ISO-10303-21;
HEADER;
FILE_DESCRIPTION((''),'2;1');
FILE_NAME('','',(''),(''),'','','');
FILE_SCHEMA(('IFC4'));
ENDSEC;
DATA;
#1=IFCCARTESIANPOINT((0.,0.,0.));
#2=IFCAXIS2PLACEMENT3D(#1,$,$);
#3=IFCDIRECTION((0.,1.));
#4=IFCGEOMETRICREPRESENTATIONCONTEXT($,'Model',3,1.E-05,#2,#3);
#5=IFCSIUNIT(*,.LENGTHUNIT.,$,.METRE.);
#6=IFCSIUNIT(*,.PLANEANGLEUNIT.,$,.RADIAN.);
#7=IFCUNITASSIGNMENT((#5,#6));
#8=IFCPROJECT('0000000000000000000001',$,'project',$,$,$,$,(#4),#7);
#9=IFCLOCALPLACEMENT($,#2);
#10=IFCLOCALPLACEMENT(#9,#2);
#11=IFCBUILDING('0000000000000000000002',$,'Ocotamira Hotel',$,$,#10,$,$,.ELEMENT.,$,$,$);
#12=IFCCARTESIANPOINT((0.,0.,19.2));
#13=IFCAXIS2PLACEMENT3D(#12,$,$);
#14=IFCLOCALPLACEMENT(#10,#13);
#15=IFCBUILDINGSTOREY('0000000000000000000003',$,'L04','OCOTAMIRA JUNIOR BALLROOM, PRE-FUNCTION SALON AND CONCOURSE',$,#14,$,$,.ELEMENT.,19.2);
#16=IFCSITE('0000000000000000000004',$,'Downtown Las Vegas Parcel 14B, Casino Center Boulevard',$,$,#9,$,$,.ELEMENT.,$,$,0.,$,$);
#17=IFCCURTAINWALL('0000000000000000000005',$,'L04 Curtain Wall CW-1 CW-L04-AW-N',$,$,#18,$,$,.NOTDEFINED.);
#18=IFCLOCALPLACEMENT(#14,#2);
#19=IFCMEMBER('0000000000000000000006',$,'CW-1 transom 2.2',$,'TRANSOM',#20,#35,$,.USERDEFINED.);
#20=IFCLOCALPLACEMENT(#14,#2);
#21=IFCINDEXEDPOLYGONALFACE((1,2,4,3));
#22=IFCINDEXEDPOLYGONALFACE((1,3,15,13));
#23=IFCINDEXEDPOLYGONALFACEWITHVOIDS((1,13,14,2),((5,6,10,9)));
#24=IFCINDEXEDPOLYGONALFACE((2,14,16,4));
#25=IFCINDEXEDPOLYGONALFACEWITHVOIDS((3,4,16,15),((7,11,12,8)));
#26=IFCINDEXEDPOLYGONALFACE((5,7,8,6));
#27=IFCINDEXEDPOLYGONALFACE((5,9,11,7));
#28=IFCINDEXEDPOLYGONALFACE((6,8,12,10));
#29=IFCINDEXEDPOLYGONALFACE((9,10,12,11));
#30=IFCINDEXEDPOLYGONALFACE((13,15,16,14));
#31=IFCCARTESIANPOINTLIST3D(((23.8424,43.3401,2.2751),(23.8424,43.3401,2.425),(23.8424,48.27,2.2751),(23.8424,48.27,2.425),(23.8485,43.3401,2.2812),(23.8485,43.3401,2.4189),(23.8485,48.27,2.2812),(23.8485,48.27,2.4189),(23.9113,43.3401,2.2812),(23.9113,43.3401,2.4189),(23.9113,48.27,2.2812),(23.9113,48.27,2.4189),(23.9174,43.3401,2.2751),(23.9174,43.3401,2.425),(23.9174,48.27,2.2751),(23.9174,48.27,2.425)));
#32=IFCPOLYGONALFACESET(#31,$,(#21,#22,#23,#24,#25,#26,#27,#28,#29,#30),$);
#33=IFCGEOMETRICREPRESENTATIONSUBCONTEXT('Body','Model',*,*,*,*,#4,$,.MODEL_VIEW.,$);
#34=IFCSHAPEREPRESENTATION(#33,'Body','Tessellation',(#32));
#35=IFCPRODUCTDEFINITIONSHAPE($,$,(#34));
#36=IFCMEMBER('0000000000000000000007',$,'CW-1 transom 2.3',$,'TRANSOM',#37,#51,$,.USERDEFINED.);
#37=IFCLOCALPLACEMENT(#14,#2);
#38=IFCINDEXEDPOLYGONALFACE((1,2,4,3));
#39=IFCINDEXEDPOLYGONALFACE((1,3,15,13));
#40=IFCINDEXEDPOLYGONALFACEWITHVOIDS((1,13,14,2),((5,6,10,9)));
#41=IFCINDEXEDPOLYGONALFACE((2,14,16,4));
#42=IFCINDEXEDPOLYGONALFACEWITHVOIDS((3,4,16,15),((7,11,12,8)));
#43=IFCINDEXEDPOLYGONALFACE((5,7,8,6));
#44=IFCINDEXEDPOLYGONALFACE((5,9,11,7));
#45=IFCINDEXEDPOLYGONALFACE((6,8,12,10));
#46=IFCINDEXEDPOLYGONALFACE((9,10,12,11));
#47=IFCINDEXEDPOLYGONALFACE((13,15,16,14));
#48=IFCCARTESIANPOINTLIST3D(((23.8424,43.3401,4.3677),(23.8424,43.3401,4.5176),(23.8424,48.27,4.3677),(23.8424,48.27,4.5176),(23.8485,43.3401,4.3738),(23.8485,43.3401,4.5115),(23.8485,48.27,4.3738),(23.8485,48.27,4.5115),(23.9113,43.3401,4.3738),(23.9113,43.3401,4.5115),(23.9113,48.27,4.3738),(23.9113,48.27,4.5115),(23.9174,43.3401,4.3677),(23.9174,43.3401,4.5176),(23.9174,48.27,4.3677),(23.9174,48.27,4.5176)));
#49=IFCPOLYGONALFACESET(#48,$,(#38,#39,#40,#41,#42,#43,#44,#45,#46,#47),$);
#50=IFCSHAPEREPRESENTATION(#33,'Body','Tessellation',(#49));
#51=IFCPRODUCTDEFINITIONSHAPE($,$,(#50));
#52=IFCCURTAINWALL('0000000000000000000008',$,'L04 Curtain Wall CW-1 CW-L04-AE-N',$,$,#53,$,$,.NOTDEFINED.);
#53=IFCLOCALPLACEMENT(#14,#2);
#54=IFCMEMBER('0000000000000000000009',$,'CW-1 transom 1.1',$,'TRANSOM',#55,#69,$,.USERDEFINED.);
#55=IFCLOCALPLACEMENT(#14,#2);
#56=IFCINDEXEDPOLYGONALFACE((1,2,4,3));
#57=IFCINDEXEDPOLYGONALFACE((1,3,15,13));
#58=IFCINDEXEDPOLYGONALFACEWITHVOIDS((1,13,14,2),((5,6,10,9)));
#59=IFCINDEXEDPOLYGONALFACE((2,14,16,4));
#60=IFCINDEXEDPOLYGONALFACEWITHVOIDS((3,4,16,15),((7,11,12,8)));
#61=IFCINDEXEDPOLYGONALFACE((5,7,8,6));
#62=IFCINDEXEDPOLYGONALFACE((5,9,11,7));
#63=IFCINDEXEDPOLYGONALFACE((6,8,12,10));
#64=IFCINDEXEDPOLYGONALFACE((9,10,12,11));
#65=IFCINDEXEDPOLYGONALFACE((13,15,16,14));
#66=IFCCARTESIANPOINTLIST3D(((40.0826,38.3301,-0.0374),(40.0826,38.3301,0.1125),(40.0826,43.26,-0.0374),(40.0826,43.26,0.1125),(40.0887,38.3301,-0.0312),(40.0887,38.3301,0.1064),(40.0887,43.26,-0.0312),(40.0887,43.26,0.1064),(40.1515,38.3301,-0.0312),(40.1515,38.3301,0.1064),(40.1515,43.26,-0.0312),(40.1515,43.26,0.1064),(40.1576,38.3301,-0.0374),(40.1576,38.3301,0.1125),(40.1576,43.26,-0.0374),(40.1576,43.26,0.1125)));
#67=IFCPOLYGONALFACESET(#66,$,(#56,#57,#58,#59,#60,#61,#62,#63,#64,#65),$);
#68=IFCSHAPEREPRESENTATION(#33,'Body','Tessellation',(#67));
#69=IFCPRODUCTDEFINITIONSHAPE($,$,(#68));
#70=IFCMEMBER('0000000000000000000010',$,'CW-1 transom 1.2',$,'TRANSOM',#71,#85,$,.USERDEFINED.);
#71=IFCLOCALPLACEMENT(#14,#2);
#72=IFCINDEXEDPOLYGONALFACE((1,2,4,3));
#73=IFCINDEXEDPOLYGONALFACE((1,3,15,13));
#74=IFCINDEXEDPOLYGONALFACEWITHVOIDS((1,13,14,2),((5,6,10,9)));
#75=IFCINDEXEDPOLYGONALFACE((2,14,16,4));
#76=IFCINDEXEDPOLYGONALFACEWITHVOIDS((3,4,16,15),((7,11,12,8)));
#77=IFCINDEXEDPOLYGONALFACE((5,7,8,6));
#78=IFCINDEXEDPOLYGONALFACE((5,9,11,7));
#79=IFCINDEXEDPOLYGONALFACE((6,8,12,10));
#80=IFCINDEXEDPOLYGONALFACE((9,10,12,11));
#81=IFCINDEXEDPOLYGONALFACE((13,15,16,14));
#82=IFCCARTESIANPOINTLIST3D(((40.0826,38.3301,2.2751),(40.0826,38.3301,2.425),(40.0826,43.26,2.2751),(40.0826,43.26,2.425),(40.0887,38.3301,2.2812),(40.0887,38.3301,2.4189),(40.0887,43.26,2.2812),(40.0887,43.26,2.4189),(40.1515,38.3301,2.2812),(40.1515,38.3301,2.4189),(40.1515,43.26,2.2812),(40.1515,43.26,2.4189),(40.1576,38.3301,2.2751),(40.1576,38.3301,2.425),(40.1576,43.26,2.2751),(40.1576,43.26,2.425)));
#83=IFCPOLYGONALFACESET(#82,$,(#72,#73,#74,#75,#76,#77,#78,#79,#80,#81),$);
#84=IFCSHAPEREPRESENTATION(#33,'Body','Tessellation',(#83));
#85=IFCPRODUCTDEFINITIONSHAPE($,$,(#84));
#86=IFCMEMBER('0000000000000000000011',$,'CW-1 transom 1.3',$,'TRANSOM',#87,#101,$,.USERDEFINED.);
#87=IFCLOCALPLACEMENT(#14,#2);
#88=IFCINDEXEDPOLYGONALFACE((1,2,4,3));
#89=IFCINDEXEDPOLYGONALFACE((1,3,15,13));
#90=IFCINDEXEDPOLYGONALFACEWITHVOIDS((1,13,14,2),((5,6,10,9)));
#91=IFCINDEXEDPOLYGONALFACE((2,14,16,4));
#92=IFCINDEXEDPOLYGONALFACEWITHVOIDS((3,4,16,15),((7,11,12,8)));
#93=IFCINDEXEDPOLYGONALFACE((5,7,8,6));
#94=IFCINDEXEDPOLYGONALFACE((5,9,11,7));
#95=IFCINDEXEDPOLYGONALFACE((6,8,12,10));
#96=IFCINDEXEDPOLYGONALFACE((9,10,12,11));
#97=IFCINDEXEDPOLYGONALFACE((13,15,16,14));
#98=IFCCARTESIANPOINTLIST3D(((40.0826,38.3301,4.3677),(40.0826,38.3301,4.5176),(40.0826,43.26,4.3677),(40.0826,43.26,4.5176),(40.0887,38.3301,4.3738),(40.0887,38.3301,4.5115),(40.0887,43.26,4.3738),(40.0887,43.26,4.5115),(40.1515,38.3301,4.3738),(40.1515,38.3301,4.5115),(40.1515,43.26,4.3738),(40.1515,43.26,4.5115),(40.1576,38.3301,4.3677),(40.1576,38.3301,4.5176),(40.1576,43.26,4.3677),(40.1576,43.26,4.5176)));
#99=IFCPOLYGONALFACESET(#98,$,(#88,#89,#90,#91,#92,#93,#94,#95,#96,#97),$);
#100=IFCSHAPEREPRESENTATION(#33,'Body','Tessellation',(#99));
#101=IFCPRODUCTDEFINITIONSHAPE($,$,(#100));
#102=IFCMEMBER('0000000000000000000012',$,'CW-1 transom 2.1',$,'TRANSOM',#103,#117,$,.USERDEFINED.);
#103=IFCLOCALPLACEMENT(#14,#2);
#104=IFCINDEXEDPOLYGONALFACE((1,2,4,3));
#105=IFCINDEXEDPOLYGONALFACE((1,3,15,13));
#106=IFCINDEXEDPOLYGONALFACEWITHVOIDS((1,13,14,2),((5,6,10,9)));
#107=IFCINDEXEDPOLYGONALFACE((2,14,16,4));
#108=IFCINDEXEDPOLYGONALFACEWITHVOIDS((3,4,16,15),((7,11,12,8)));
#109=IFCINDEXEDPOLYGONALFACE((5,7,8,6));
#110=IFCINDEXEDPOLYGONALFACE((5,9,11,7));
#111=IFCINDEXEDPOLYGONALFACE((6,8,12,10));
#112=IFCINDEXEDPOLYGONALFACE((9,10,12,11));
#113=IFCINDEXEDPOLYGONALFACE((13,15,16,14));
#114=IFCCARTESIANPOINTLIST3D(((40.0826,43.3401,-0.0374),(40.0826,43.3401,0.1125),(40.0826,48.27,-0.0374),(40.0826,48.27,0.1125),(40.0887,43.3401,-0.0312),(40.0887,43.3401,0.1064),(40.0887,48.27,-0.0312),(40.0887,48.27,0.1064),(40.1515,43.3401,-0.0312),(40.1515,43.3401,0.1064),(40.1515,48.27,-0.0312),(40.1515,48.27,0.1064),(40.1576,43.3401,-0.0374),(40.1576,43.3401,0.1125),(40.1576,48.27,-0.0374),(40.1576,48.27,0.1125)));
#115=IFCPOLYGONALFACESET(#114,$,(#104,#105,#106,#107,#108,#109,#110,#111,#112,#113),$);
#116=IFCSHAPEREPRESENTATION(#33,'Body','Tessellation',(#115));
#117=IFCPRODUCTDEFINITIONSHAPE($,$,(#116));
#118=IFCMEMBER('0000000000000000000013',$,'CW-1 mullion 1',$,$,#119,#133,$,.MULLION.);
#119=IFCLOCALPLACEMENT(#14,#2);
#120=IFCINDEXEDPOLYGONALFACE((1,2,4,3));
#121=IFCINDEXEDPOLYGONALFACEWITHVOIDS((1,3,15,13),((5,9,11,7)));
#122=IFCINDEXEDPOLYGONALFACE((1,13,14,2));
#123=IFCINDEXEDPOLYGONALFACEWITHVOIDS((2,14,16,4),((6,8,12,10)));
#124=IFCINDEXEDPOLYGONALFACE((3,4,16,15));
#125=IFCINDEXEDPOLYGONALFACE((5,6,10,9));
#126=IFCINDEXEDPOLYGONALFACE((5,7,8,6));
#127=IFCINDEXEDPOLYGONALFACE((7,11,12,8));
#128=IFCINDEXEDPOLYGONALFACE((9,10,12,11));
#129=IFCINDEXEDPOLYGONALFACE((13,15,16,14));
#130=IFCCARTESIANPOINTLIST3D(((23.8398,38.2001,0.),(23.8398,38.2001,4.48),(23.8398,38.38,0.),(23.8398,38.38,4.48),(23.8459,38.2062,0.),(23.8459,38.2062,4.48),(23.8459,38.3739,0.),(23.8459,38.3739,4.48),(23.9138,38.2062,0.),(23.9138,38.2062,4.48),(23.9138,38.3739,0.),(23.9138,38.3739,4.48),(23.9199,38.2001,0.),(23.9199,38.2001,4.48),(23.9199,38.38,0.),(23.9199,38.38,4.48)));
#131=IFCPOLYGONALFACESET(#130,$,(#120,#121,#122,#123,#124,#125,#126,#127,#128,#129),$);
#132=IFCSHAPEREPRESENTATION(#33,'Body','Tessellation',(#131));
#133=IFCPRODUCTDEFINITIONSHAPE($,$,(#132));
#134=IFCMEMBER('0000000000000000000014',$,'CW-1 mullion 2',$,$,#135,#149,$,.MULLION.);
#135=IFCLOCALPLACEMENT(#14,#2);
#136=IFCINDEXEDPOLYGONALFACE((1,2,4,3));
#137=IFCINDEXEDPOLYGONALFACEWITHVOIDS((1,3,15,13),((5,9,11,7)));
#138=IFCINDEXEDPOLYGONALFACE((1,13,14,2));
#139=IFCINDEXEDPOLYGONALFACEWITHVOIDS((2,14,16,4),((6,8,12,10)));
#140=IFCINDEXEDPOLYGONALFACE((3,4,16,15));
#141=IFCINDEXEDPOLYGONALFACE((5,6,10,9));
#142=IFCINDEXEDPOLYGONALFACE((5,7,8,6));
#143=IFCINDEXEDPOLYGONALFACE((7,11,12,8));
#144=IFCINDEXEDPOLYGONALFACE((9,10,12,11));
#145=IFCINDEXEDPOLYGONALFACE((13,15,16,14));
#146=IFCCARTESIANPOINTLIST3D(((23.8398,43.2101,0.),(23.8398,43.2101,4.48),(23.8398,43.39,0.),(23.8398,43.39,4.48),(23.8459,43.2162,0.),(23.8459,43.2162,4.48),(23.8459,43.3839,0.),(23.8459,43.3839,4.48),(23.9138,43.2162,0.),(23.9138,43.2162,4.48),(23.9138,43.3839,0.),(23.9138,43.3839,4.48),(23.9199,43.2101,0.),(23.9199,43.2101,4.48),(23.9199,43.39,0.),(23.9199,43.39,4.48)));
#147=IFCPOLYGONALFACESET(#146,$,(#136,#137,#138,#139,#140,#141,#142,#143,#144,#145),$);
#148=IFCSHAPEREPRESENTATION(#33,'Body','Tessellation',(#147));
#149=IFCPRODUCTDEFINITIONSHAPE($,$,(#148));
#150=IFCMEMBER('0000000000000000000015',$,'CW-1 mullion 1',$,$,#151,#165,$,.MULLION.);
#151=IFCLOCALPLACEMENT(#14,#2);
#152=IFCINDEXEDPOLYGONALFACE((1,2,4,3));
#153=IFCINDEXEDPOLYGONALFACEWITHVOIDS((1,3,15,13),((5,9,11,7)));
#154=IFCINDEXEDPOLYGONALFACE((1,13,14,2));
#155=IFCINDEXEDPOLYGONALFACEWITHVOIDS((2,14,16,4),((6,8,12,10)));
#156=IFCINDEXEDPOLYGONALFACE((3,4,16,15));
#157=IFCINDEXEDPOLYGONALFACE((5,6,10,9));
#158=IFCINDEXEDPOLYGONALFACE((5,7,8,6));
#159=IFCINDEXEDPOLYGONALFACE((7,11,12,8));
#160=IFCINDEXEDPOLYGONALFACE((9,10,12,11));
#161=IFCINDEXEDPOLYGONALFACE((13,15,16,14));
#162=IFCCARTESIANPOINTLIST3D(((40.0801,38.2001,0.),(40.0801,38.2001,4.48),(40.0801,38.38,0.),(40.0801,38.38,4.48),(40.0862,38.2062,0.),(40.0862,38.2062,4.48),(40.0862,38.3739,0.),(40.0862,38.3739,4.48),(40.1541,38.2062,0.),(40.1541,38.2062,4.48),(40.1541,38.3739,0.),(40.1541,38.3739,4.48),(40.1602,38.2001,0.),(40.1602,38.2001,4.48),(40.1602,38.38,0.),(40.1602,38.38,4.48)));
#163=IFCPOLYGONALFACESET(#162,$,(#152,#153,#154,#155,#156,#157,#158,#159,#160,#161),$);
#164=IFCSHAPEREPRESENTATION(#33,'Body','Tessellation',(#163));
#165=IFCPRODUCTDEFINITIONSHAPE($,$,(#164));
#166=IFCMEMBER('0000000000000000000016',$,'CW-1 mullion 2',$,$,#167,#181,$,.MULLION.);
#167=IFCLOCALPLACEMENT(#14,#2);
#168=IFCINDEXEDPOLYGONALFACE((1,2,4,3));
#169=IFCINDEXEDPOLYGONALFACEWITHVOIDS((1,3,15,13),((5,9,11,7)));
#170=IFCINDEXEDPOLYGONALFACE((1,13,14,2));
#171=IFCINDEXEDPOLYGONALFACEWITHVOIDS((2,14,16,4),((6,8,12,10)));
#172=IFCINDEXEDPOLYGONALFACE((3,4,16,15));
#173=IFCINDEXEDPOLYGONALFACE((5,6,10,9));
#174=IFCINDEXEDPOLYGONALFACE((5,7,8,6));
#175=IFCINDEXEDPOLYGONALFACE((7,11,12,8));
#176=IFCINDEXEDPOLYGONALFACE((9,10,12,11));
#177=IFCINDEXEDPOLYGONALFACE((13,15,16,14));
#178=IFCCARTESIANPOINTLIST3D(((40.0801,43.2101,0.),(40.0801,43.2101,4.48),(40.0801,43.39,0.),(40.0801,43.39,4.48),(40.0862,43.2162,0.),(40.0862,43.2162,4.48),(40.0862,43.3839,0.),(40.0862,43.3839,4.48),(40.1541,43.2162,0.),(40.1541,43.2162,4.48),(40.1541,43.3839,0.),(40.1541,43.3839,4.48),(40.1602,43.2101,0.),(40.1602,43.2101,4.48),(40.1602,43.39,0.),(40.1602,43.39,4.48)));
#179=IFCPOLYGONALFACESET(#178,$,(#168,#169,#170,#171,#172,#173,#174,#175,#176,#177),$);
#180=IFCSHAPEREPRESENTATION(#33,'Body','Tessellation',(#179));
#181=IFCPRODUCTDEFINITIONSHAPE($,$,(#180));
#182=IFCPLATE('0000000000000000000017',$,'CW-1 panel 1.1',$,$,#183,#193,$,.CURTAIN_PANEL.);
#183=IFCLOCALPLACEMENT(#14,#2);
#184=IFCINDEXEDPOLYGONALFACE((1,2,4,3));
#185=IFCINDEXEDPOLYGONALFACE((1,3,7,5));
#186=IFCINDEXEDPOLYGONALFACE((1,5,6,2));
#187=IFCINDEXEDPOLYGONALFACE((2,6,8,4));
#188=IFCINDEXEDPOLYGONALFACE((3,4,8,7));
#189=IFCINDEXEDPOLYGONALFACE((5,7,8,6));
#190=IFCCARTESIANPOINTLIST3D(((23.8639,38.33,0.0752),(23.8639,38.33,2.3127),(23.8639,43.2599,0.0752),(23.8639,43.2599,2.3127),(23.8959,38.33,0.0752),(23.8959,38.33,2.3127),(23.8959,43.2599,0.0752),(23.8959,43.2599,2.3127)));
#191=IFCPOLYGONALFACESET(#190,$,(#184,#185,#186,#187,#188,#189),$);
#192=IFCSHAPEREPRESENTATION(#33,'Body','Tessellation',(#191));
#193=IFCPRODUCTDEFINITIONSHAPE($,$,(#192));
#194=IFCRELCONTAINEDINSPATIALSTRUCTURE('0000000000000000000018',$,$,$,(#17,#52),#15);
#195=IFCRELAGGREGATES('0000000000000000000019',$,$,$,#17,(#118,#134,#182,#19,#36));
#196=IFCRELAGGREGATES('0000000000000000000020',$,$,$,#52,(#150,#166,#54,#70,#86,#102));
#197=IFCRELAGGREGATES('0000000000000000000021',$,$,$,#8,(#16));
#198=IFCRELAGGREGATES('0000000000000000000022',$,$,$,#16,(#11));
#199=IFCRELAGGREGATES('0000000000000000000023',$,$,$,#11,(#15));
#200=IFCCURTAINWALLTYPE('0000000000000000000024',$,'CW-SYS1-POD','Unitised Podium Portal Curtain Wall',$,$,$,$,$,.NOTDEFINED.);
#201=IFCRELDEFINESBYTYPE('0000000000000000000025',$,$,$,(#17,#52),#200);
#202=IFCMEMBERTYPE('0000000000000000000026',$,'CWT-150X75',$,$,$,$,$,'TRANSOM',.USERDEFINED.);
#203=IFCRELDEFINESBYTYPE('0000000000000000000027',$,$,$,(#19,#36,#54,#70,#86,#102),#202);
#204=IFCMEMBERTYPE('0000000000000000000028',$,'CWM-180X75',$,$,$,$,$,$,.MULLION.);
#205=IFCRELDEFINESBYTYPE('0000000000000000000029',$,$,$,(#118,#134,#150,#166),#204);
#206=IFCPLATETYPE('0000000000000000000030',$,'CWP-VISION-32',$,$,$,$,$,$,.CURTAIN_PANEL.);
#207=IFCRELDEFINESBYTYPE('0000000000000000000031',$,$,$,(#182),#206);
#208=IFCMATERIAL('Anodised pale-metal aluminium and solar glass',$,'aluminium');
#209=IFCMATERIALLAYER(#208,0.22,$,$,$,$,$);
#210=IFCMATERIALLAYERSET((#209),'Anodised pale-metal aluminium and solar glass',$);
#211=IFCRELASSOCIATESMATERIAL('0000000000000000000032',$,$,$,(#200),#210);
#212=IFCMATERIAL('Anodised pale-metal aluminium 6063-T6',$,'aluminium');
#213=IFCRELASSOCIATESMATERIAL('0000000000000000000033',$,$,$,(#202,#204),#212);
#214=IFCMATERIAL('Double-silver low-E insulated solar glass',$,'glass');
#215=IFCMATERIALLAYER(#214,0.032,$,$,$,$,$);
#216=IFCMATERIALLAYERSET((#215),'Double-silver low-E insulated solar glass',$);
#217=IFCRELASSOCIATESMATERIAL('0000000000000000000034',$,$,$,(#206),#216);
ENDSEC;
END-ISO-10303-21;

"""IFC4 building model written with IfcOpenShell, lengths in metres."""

from ifc_helpers import new_model, si_unit, direction, frame, origin, origin_2d, place, context, subcontext, project, spatial, rectangle, hollow_rectangle, extrude, source, transform, mapped, material, layer, layer_set, material_profile, profile_set, type_object, element, aggregate, save


model = new_model("IFC4")

# Units and contexts
model_context = context("Model", 3, precision=1e-05, world=origin(), true_north=direction((0.0, 1.0)))
body_context = subcontext(model_context, "Body", "Model", "MODEL_VIEW")
ifc_project = project(units=[si_unit("LENGTHUNIT", "METRE"), si_unit("PLANEANGLEUNIT", "RADIAN")], contexts=[model_context])

# Site, building, storey
site_placement = place(None, origin())
site = spatial("IfcSite", under=ifc_project, at=site_placement, Name="Downtown Las Vegas Parcel 14B, Casino Center Boulevard", CompositionType="ELEMENT", RefElevation=0.0)
building_placement = place(site_placement, origin())
building = spatial("IfcBuilding", under=site, at=building_placement, Name="Ocotamira Hotel", CompositionType="ELEMENT")
storey_placement = place(building_placement, frame((0.0, 0.0, 19.2)))
storey = spatial("IfcBuildingStorey", under=building, at=storey_placement, Name="L04", Description="OCOTAMIRA JUNIOR BALLROOM, PRE-FUNCTION SALON AND CONCOURSE", CompositionType="ELEMENT", Elevation=19.2)

# Curtain walls, members
ifc_material_1 = material(Name="Anodised pale-metal aluminium and solar glass", Category="aluminium")
ifc_layer_1 = layer(ifc_material_1, 0.22)
ifc_layer_set_1 = layer_set([ifc_layer_1], Name="Anodised pale-metal aluminium and solar glass")
curtain_wall_type = type_object("IfcCurtainWallType", Name="CW-SYS1-POD", Description="Unitised Podium Portal Curtain Wall", PredefinedType="NOTDEFINED", material=ifc_layer_set_1)
curtain_wall_1_placement = place(storey_placement, origin())
curtain_wall_1 = element("IfcCurtainWall", 1, at=curtain_wall_1_placement, inside=storey, type_object=curtain_wall_type, Name="L04 Curtain Wall CW-1 CW-L04-AW-N", PredefinedType="NOTDEFINED")
ifc_material_2 = material(Name="Anodised pale-metal aluminium 6063-T6", Category="aluminium")
ifc_material_profile_1 = material_profile(ifc_material_2, hollow_rectangle(XDim=0.075, YDim=0.1499, WallThickness=0.0061, at=origin_2d()), Name="HSS150X75X6")
ifc_profile_set_1 = profile_set([ifc_material_profile_1], Name="Anodised pale-metal aluminium 6063-T6")
member_type_1 = type_object("IfcMemberType", Name="CWT-150X75", ElementType="TRANSOM", PredefinedType="USERDEFINED", material=ifc_profile_set_1)
shared_shape_1 = source(origin(), body_context, "Body", "SweptSolid", [
    extrude(hollow_rectangle(XDim=0.075, YDim=0.1499, WallThickness=0.0061, at=origin_2d()), origin(), (0.0, 0.0, 1.0), 4.9299),
])
member_1_placement = place(storey_placement, frame((23.8799, 43.3401, 2.3501), z_axis=(0.0, 1.0, 0.0), x_axis=(-1.0, 0.0, 0.0)))
member_1 = element("IfcMember", 2, at=member_1_placement, type_object=member_type_1, Name="CW-1 transom 2.2", ObjectType="TRANSOM", PredefinedType="USERDEFINED", context=body_context, shape_type="MappedRepresentation", body=[
    mapped(shared_shape_1, transform((0.0, 0.0, 0.0), scale=1.0)),
])
member_2_placement = place(storey_placement, frame((23.8799, 43.3401, 4.4426), z_axis=(0.0, 1.0, 0.0), x_axis=(-1.0, 0.0, 0.0)))
member_2 = element("IfcMember", 3, at=member_2_placement, type_object=member_type_1, Name="CW-1 transom 2.3", ObjectType="TRANSOM", PredefinedType="USERDEFINED", context=body_context, shape_type="MappedRepresentation", body=[
    mapped(shared_shape_1, transform((0.0, 0.0, 0.0), scale=1.0)),
])
curtain_wall_2_placement = place(storey_placement, origin())
curtain_wall_2 = element("IfcCurtainWall", 4, at=curtain_wall_2_placement, inside=storey, type_object=curtain_wall_type, Name="L04 Curtain Wall CW-1 CW-L04-AE-N", PredefinedType="NOTDEFINED")
member_3_placement = place(storey_placement, frame((40.1201, 38.3301, 0.0376), z_axis=(0.0, 1.0, 0.0), x_axis=(-1.0, 0.0, 0.0)))
member_3 = element("IfcMember", 5, at=member_3_placement, type_object=member_type_1, Name="CW-1 transom 1.1", ObjectType="TRANSOM", PredefinedType="USERDEFINED", context=body_context, shape_type="MappedRepresentation", body=[
    mapped(shared_shape_1, transform((0.0, 0.0, 0.0), scale=1.0)),
])
member_4_placement = place(storey_placement, frame((40.1201, 38.3301, 2.3501), z_axis=(0.0, 1.0, 0.0), x_axis=(-1.0, 0.0, 0.0)))
member_4 = element("IfcMember", 6, at=member_4_placement, type_object=member_type_1, Name="CW-1 transom 1.2", ObjectType="TRANSOM", PredefinedType="USERDEFINED", context=body_context, shape_type="MappedRepresentation", body=[
    mapped(shared_shape_1, transform((0.0, 0.0, 0.0), scale=1.0)),
])
member_5_placement = place(storey_placement, frame((40.1201, 38.3301, 4.4426), z_axis=(0.0, 1.0, 0.0), x_axis=(-1.0, 0.0, 0.0)))
member_5 = element("IfcMember", 7, at=member_5_placement, type_object=member_type_1, Name="CW-1 transom 1.3", ObjectType="TRANSOM", PredefinedType="USERDEFINED", context=body_context, shape_type="MappedRepresentation", body=[
    mapped(shared_shape_1, transform((0.0, 0.0, 0.0), scale=1.0)),
])
member_6_placement = place(storey_placement, frame((40.1201, 43.3401, 0.0376), z_axis=(0.0, 1.0, 0.0), x_axis=(-1.0, 0.0, 0.0)))
member_6 = element("IfcMember", 8, at=member_6_placement, type_object=member_type_1, Name="CW-1 transom 2.1", ObjectType="TRANSOM", PredefinedType="USERDEFINED", context=body_context, shape_type="MappedRepresentation", body=[
    mapped(shared_shape_1, transform((0.0, 0.0, 0.0), scale=1.0)),
])

# Members
ifc_material_profile_2 = material_profile(ifc_material_2, hollow_rectangle(XDim=0.0801, YDim=0.1799, WallThickness=0.0061, at=origin_2d()), Name="HSS180X80X6")
ifc_profile_set_2 = profile_set([ifc_material_profile_2], Name="Anodised pale-metal aluminium 6063-T6")
member_type_2 = type_object("IfcMemberType", Name="CWM-180X75", PredefinedType="MULLION", material=ifc_profile_set_2)
shared_shape_2 = source(origin(), body_context, "Body", "SweptSolid", [
    extrude(hollow_rectangle(XDim=0.0801, YDim=0.1799, WallThickness=0.0061, at=origin_2d()), origin(), (0.0, 0.0, 1.0), 4.48),
])
member_7_placement = place(storey_placement, frame((23.8799, 38.29, 0.0), z_axis=(0.0, 0.0, 1.0), x_axis=(-1.0, 0.0, 0.0)))
member_7 = element("IfcMember", 9, at=member_7_placement, type_object=member_type_2, Name="CW-1 mullion 1", PredefinedType="MULLION", context=body_context, shape_type="MappedRepresentation", body=[
    mapped(shared_shape_2, transform((0.0, 0.0, 0.0), scale=1.0)),
])
member_8_placement = place(storey_placement, frame((23.8799, 43.3, 0.0), z_axis=(0.0, 0.0, 1.0), x_axis=(-1.0, 0.0, 0.0)))
member_8 = element("IfcMember", 10, at=member_8_placement, type_object=member_type_2, Name="CW-1 mullion 2", PredefinedType="MULLION", context=body_context, shape_type="MappedRepresentation", body=[
    mapped(shared_shape_2, transform((0.0, 0.0, 0.0), scale=1.0)),
])
member_9_placement = place(storey_placement, frame((40.1201, 38.29, 0.0), z_axis=(0.0, 0.0, 1.0), x_axis=(-1.0, 0.0, 0.0)))
member_9 = element("IfcMember", 11, at=member_9_placement, type_object=member_type_2, Name="CW-1 mullion 1", PredefinedType="MULLION", context=body_context, shape_type="MappedRepresentation", body=[
    mapped(shared_shape_2, transform((0.0, 0.0, 0.0), scale=1.0)),
])
member_10_placement = place(storey_placement, frame((40.1201, 43.3, 0.0), z_axis=(0.0, 0.0, 1.0), x_axis=(-1.0, 0.0, 0.0)))
member_10 = element("IfcMember", 12, at=member_10_placement, type_object=member_type_2, Name="CW-1 mullion 2", PredefinedType="MULLION", context=body_context, shape_type="MappedRepresentation", body=[
    mapped(shared_shape_2, transform((0.0, 0.0, 0.0), scale=1.0)),
])

# Plate
ifc_material_3 = material(Name="Double-silver low-E insulated solar glass", Category="glass")
ifc_layer_2 = layer(ifc_material_3, 0.032)
ifc_layer_set_2 = layer_set([ifc_layer_2], Name="Double-silver low-E insulated solar glass")
plate_type = type_object("IfcPlateType", Name="CWP-VISION-32", PredefinedType="CURTAIN_PANEL", material=ifc_layer_set_2)
shared_shape_3 = source(origin(), body_context, "Body", "SweptSolid", [
    extrude(rectangle(XDim=4.9299, YDim=0.032, at=origin_2d()), origin(), (0.0, 0.0, 1.0), 2.2375),
])
plate_1_placement = place(storey_placement, frame((23.8799, 40.7949, 0.0752), z_axis=(0.0, 0.0, 1.0), x_axis=(0.0, 1.0, 0.0)))
plate_1 = element("IfcPlate", 13, at=plate_1_placement, type_object=plate_type, Name="CW-1 panel 1.1", PredefinedType="CURTAIN_PANEL", context=body_context, shape_type="MappedRepresentation", body=[
    mapped(shared_shape_3, transform((0.0, 0.0, 0.0), scale=1.0)),
])
aggregate(curtain_wall_1, [member_7, member_8, plate_1, member_1, member_2])
aggregate(curtain_wall_2, [member_9, member_10, member_3, member_4, member_5, member_6])

save(model, "model.ifc")
